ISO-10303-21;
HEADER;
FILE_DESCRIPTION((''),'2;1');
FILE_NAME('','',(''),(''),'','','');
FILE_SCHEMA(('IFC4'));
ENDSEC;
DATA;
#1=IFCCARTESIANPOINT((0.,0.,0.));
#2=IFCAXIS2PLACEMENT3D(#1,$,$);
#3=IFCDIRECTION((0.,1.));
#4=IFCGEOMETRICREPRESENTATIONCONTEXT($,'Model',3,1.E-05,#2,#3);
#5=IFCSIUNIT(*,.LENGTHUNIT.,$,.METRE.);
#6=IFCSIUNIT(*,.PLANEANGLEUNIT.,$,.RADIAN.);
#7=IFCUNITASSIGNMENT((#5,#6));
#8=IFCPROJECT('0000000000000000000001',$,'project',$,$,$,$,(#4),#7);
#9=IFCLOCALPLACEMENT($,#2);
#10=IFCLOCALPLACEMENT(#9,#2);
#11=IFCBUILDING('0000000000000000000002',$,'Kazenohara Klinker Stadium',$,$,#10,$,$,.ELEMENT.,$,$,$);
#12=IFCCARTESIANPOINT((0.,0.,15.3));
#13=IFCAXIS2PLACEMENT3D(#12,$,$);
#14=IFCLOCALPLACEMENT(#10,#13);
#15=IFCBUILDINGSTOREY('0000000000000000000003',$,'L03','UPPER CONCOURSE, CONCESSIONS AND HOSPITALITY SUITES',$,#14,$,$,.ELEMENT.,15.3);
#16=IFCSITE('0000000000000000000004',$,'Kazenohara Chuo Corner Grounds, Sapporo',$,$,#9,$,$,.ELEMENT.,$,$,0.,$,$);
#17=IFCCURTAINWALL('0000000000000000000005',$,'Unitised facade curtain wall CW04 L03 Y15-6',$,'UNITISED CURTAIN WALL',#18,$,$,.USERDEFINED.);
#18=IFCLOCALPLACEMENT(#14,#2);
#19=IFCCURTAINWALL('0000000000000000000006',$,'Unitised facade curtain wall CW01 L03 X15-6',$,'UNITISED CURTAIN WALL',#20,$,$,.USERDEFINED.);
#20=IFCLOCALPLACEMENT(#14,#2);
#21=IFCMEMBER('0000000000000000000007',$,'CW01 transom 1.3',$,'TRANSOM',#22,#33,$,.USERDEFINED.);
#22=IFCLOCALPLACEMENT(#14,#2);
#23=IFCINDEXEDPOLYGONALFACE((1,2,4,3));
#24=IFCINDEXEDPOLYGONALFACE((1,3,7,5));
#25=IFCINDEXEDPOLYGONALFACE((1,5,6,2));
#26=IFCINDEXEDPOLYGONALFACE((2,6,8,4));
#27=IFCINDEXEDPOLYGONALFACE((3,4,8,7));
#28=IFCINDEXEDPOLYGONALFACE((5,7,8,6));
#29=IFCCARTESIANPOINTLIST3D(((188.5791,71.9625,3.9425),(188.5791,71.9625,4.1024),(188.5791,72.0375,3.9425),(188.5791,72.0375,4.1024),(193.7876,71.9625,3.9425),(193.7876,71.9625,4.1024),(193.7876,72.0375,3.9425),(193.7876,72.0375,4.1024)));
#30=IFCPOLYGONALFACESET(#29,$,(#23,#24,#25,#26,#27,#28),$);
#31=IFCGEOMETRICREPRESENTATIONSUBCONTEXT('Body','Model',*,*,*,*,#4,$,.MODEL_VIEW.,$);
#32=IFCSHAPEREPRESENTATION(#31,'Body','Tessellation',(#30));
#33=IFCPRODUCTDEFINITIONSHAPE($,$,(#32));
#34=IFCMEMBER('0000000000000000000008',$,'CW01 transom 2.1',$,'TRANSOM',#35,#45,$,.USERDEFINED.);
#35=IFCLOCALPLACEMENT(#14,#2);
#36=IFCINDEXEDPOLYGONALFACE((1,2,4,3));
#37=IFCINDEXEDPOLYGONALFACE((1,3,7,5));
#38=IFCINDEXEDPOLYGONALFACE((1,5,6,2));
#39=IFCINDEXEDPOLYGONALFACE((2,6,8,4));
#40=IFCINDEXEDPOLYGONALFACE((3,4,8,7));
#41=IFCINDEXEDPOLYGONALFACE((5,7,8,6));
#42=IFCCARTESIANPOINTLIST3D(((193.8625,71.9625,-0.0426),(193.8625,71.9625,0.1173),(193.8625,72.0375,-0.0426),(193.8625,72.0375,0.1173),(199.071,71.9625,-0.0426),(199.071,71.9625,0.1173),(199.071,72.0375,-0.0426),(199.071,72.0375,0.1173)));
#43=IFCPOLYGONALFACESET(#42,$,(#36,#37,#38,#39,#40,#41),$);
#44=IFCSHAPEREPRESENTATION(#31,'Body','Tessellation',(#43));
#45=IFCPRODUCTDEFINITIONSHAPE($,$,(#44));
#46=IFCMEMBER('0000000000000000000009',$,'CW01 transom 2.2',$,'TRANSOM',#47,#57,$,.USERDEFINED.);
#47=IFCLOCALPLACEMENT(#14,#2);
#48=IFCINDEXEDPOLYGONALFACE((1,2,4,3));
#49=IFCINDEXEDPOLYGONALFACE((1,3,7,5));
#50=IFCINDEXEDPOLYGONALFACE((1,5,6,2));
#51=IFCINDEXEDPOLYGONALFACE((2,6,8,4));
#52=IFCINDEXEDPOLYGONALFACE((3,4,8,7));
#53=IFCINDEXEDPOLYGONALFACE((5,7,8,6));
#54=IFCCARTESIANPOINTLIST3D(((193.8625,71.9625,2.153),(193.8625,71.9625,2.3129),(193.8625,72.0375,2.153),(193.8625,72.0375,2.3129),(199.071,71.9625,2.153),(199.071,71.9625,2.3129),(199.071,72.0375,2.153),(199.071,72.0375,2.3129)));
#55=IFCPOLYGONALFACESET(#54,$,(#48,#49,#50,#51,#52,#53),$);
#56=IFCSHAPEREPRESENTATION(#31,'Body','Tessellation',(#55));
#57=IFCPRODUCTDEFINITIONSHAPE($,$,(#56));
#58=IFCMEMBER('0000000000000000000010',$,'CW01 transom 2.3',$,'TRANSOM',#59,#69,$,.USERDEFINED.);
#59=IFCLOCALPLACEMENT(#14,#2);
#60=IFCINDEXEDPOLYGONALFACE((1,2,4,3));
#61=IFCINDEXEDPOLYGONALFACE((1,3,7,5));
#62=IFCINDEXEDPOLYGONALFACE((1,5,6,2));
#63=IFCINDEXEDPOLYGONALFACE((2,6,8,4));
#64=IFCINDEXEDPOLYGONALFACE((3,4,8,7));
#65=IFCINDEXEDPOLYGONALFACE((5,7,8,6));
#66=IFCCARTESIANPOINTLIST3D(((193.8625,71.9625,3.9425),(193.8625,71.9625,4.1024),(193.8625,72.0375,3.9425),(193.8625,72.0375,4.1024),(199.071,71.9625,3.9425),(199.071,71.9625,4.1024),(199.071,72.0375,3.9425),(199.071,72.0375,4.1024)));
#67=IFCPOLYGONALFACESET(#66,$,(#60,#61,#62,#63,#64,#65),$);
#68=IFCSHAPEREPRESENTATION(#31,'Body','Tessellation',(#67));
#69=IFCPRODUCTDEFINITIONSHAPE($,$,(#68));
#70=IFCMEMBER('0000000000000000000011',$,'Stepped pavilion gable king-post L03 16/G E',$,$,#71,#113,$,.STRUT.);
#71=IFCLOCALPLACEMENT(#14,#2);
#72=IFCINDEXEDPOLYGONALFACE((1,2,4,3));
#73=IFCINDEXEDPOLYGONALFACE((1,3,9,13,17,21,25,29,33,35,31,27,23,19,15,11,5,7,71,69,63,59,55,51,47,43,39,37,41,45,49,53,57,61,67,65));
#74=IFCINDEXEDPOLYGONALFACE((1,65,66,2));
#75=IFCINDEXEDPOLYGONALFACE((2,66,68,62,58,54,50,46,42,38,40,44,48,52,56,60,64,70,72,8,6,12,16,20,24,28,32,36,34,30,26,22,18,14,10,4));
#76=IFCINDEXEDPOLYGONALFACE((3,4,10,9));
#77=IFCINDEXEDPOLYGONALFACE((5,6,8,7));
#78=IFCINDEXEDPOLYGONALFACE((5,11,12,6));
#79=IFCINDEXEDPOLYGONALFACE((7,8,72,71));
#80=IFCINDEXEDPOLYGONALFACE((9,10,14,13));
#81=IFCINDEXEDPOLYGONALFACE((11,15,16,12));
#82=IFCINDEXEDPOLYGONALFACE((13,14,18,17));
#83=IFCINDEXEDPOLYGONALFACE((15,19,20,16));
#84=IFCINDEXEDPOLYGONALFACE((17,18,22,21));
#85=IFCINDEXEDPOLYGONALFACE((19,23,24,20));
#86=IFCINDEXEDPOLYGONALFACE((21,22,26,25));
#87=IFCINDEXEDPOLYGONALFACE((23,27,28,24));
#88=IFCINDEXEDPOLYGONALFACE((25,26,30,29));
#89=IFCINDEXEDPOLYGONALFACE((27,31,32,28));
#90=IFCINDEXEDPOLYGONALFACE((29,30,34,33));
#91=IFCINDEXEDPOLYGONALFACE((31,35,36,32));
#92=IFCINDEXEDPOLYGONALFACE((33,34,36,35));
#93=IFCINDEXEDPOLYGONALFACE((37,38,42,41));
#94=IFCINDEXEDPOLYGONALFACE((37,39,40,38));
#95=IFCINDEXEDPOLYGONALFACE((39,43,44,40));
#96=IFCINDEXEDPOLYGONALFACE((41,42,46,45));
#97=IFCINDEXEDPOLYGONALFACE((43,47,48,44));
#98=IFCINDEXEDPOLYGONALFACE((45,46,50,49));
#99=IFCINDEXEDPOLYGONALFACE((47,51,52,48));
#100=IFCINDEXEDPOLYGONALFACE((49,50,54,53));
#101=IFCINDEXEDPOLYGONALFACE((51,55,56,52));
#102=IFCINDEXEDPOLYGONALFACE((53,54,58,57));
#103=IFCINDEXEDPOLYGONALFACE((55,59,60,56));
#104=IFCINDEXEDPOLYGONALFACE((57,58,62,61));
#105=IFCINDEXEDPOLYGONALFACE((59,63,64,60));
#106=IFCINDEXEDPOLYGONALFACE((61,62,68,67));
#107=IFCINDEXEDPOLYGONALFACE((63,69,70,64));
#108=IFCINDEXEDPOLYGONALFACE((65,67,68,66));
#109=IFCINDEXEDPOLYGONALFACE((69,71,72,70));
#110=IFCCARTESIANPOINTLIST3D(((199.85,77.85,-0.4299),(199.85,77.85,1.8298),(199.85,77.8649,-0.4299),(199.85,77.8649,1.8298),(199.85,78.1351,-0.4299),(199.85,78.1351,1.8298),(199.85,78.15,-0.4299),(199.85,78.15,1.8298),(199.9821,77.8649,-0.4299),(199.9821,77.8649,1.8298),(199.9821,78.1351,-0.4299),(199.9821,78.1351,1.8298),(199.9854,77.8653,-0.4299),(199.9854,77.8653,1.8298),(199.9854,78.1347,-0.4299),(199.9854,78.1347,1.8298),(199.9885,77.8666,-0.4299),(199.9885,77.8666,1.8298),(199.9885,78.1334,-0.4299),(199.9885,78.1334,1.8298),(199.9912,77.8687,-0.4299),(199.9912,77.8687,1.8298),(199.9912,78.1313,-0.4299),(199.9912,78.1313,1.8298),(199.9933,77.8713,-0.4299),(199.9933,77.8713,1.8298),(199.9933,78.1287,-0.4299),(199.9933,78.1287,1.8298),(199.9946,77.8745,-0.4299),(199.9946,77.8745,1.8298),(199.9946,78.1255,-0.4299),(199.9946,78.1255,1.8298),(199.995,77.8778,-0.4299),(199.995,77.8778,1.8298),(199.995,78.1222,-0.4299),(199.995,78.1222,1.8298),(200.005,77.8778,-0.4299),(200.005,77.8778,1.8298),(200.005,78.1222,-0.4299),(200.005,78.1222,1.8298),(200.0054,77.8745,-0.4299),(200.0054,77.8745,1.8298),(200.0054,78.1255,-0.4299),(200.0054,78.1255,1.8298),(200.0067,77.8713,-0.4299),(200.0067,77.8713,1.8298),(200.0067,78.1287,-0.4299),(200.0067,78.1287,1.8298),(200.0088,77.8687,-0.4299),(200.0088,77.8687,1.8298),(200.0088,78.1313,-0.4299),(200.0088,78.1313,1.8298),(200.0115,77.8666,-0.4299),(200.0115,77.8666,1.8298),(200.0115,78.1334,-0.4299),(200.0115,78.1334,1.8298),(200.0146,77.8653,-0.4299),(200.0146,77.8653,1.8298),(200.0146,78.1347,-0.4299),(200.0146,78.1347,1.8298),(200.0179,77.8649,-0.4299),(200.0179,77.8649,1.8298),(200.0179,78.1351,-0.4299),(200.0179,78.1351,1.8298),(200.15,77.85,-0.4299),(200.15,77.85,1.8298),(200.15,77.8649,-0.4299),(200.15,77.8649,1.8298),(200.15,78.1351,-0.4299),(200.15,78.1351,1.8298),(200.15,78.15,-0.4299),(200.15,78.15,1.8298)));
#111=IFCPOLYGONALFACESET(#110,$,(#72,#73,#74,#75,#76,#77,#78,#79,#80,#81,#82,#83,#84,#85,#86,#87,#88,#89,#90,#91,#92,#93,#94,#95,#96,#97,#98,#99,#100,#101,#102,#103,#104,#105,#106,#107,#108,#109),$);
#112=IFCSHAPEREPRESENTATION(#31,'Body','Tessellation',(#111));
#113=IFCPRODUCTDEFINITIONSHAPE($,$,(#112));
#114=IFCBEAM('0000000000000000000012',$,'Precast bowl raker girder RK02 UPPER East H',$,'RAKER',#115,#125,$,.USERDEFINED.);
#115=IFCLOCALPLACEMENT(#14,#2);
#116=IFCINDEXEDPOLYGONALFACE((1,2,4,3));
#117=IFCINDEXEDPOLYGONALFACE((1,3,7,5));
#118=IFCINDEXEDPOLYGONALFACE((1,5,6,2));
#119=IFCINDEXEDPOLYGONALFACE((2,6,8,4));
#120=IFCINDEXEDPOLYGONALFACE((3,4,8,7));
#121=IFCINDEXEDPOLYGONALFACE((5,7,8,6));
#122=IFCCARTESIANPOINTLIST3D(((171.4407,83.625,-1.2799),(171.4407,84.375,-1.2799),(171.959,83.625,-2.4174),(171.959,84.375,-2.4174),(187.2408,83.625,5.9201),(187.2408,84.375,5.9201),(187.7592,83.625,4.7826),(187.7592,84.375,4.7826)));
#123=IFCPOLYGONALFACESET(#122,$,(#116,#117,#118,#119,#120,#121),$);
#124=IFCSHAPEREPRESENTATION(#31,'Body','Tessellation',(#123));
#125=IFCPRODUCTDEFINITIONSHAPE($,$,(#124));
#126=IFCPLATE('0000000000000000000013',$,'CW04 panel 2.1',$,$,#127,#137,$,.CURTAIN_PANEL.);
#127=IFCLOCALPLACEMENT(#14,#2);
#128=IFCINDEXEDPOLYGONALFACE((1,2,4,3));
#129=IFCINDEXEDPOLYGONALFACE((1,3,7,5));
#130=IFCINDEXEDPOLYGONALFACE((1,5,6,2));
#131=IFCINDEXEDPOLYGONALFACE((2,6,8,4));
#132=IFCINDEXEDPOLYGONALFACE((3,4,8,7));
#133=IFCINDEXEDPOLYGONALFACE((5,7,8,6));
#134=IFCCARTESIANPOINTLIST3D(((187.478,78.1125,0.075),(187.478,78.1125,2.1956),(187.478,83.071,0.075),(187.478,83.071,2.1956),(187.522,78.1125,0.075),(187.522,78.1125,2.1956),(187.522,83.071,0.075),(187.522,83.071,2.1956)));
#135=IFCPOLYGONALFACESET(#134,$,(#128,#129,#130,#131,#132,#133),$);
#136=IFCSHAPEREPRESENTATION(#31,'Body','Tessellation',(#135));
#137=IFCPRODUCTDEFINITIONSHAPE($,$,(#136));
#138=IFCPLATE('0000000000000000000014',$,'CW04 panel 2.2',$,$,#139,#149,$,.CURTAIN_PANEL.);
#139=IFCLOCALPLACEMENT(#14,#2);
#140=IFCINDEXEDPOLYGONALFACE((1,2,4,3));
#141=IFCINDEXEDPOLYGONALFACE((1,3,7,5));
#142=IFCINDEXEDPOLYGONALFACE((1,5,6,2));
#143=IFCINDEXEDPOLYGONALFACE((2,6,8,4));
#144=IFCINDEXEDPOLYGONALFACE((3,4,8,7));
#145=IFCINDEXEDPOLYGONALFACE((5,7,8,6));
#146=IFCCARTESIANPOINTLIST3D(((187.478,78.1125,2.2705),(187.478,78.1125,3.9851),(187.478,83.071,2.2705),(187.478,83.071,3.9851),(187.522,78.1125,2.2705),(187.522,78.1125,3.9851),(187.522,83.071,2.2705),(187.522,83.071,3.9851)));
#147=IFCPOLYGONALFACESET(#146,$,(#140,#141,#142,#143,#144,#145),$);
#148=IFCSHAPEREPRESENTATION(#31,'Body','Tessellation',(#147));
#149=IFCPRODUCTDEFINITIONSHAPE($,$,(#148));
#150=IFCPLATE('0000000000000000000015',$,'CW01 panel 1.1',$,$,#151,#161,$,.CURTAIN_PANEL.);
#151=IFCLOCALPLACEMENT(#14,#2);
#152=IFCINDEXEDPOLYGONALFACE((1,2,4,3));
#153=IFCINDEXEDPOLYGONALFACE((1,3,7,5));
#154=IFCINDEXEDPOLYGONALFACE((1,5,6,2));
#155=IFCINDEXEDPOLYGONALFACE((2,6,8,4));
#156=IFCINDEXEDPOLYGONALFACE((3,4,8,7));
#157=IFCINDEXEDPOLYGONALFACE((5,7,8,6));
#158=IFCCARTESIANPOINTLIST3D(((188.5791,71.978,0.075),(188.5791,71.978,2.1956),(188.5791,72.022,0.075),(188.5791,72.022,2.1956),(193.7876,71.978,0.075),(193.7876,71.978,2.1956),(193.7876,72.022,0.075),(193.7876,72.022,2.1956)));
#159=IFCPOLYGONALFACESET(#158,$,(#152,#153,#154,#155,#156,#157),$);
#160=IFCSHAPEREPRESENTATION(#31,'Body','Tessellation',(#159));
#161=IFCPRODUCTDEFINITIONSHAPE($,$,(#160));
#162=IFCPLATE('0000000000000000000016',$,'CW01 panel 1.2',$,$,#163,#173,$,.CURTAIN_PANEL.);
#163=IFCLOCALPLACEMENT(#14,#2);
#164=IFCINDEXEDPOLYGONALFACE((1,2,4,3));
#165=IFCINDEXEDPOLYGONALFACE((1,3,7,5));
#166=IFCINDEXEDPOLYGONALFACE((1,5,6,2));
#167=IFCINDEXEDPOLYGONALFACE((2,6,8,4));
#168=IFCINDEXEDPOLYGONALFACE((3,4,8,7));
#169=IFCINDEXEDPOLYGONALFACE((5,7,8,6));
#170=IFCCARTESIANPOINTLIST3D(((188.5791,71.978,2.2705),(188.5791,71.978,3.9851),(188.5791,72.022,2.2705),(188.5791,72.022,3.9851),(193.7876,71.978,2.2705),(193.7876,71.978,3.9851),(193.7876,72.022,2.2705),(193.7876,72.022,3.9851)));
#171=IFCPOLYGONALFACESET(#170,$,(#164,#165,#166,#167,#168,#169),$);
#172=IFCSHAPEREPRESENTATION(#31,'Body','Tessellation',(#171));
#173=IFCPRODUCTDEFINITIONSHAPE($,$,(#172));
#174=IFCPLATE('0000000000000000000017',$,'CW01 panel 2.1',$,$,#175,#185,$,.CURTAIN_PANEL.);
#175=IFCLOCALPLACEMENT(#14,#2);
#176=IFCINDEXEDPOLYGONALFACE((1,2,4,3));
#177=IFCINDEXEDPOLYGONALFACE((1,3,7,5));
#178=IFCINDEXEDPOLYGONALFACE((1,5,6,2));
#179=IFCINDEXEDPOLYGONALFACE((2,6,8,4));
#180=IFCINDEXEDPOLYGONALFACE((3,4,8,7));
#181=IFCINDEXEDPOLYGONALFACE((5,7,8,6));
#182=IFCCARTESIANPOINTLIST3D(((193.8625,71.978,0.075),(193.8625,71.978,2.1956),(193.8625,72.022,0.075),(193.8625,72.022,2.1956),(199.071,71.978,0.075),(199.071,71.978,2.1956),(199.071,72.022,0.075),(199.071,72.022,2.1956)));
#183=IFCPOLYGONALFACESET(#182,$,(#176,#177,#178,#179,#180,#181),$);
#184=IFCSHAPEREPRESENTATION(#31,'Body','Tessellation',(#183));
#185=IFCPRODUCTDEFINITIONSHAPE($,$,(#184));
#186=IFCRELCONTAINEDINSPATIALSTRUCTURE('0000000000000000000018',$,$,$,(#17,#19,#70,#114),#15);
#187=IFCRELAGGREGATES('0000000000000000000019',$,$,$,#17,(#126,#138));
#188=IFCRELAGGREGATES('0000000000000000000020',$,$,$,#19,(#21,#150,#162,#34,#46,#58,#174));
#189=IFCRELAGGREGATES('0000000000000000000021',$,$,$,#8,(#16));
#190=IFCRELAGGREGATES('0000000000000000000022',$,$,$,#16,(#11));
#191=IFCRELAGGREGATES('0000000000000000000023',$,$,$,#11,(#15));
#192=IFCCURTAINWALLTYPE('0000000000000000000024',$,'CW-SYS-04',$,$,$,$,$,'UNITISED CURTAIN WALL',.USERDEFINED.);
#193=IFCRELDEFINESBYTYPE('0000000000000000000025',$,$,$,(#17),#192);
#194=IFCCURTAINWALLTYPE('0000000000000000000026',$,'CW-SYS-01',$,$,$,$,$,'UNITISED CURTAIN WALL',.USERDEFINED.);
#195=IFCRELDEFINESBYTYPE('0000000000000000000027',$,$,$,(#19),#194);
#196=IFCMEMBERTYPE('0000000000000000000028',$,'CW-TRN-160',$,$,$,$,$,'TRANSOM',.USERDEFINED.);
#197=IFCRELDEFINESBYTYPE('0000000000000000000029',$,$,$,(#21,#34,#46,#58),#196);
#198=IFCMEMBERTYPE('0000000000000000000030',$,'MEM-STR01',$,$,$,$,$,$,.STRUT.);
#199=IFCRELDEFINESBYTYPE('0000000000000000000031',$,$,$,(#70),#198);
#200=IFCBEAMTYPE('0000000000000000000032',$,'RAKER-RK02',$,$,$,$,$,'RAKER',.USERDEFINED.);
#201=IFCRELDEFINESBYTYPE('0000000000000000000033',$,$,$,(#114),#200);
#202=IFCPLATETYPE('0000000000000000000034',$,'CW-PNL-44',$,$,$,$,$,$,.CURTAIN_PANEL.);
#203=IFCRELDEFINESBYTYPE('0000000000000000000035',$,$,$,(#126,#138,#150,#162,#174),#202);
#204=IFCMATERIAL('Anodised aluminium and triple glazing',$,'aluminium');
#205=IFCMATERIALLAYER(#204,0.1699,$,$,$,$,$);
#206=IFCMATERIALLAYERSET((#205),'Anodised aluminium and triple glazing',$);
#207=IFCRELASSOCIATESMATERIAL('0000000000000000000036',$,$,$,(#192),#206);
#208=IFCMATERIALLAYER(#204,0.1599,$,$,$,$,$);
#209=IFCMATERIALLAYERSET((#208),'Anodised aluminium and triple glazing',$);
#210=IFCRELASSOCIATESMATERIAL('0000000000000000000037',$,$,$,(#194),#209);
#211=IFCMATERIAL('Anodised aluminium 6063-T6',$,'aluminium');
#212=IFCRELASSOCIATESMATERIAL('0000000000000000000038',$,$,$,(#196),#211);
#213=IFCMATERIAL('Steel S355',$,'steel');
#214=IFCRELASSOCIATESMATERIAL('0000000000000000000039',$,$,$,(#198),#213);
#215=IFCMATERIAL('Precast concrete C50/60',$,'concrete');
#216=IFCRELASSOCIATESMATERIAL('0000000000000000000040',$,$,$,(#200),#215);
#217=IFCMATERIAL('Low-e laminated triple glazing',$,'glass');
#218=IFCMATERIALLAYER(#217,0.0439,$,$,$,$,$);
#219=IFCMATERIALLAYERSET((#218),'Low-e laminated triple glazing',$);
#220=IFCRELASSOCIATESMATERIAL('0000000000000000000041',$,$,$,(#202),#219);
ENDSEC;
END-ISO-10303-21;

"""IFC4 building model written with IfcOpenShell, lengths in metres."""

from ifc_helpers import new_model, si_unit, direction, frame, origin, origin_2d, place, context, subcontext, project, spatial, rectangle, i_section, extrude, material, layer, layer_set, material_profile, profile_set, type_object, element, aggregate, save


model = new_model("IFC4")

# Units and contexts
model_context = context("Model", 3, precision=1e-05, world=origin(), true_north=direction((0.0, 1.0)))
body_context = subcontext(model_context, "Body", "Model", "MODEL_VIEW")
ifc_project = project(units=[si_unit("LENGTHUNIT", "METRE"), si_unit("PLANEANGLEUNIT", "RADIAN")], contexts=[model_context])

# Site, building, storey
site_placement = place(None, origin())
site = spatial("IfcSite", under=ifc_project, at=site_placement, Name="Kazenohara Chuo Corner Grounds, Sapporo", CompositionType="ELEMENT", RefElevation=0.0)
building_placement = place(site_placement, origin())
building = spatial("IfcBuilding", under=site, at=building_placement, Name="Kazenohara Klinker Stadium", CompositionType="ELEMENT")
storey_placement = place(building_placement, frame((0.0, 0.0, 15.3)))
storey = spatial("IfcBuildingStorey", under=building, at=storey_placement, Name="L03", Description="UPPER CONCOURSE, CONCESSIONS AND HOSPITALITY SUITES", CompositionType="ELEMENT", Elevation=15.3)

# Shared definitions
ifc_material_1 = material(Name="Steel S355", Category="steel")

# Curtain wall
ifc_material_2 = material(Name="Anodised aluminium and triple glazing", Category="aluminium")
ifc_layer_1 = layer(ifc_material_2, 0.1699)
ifc_layer_set_1 = layer_set([ifc_layer_1], Name="Anodised aluminium and triple glazing")
curtain_wall_type_1 = type_object("IfcCurtainWallType", Name="CW-SYS-04", ElementType="UNITISED CURTAIN WALL", PredefinedType="USERDEFINED", material=ifc_layer_set_1)
curtain_wall_1_placement = place(storey_placement, origin())
curtain_wall_1 = element("IfcCurtainWall", 1, at=curtain_wall_1_placement, inside=storey, type_object=curtain_wall_type_1, Name="Unitised facade curtain wall CW04 L03 Y15-6", ObjectType="UNITISED CURTAIN WALL", PredefinedType="USERDEFINED")
ifc_material_3 = material(Name="Anodised aluminium 6063-T6", Category="aluminium")

# Curtain wall
ifc_layer_2 = layer(ifc_material_2, 0.1599)
ifc_layer_set_2 = layer_set([ifc_layer_2], Name="Anodised aluminium and triple glazing")
curtain_wall_type_2 = type_object("IfcCurtainWallType", Name="CW-SYS-01", ElementType="UNITISED CURTAIN WALL", PredefinedType="USERDEFINED", material=ifc_layer_set_2)
curtain_wall_2_placement = place(storey_placement, origin())
curtain_wall_2 = element("IfcCurtainWall", 2, at=curtain_wall_2_placement, inside=storey, type_object=curtain_wall_type_2, Name="Unitised facade curtain wall CW01 L03 X15-6", ObjectType="UNITISED CURTAIN WALL", PredefinedType="USERDEFINED")

# Members
ifc_material_profile_1 = material_profile(ifc_material_3, rectangle(XDim=0.075, YDim=0.1599, at=origin_2d()), Name="ALU-TRN-75x160")
ifc_profile_set_1 = profile_set([ifc_material_profile_1], Name="Anodised aluminium 6063-T6")
member_type_1 = type_object("IfcMemberType", Name="CW-TRN-160", ElementType="TRANSOM", PredefinedType="USERDEFINED", material=ifc_profile_set_1)
member_1_placement = place(storey_placement, frame((188.5791, 72.0, 4.0225), z_axis=(1.0, 0.0, 0.0), x_axis=(0.0, 1.0, 0.0)))
member_1 = element("IfcMember", 3, at=member_1_placement, type_object=member_type_1, Name="CW01 transom 1.3", ObjectType="TRANSOM", PredefinedType="USERDEFINED", context=body_context, shape_type="SweptSolid", body=[
    extrude(rectangle(XDim=0.075, YDim=0.1599, at=origin_2d()), origin(), (0.0, 0.0, 1.0), 5.2085),
])
member_2_placement = place(storey_placement, frame((193.8625, 72.0, 0.0374), z_axis=(1.0, 0.0, 0.0), x_axis=(0.0, 1.0, 0.0)))
member_2 = element("IfcMember", 4, at=member_2_placement, type_object=member_type_1, Name="CW01 transom 2.1", ObjectType="TRANSOM", PredefinedType="USERDEFINED", context=body_context, shape_type="SweptSolid", body=[
    extrude(rectangle(XDim=0.075, YDim=0.1599, at=origin_2d()), origin(), (0.0, 0.0, 1.0), 5.2085),
])
member_3_placement = place(storey_placement, frame((193.8625, 72.0, 2.2329), z_axis=(1.0, 0.0, 0.0), x_axis=(0.0, 1.0, 0.0)))
member_3 = element("IfcMember", 5, at=member_3_placement, type_object=member_type_1, Name="CW01 transom 2.2", ObjectType="TRANSOM", PredefinedType="USERDEFINED", context=body_context, shape_type="SweptSolid", body=[
    extrude(rectangle(XDim=0.075, YDim=0.1599, at=origin_2d()), origin(), (0.0, 0.0, 1.0), 5.2085),
])
member_4_placement = place(storey_placement, frame((193.8625, 72.0, 4.0225), z_axis=(1.0, 0.0, 0.0), x_axis=(0.0, 1.0, 0.0)))
member_4 = element("IfcMember", 6, at=member_4_placement, type_object=member_type_1, Name="CW01 transom 2.3", ObjectType="TRANSOM", PredefinedType="USERDEFINED", context=body_context, shape_type="SweptSolid", body=[
    extrude(rectangle(XDim=0.075, YDim=0.1599, at=origin_2d()), origin(), (0.0, 0.0, 1.0), 5.2085),
])
ifc_material_profile_2 = material_profile(ifc_material_1, i_section(OverallWidth=0.3, OverallDepth=0.3, WebThickness=0.01, FlangeThickness=0.0149, FilletRadius=0.0129, at=origin_2d()), Name="H-300x300x10x15")
ifc_profile_set_2 = profile_set([ifc_material_profile_2], Name="Steel S355")
member_type_2 = type_object("IfcMemberType", Name="MEM-STR01", PredefinedType="STRUT", material=ifc_profile_set_2)
member_5_placement = place(storey_placement, frame((200.0, 78.0, -0.4299), z_axis=(0.0, 0.0, 1.0), x_axis=(1.0, 0.0, 0.0)))
element("IfcMember", 7, at=member_5_placement, inside=storey, type_object=member_type_2, Name="Stepped pavilion gable king-post L03 16/G E", PredefinedType="STRUT", context=body_context, shape_type="SweptSolid", body=[
    extrude(i_section(OverallWidth=0.3, OverallDepth=0.3, WebThickness=0.01, FlangeThickness=0.0149, FilletRadius=0.0129, at=origin_2d()), origin(), (0.0, 0.0, 1.0), 2.2598),
])

# Beam
ifc_material_4 = material(Name="Precast concrete C50/60", Category="concrete")
ifc_material_profile_3 = material_profile(ifc_material_4, rectangle(XDim=0.75, YDim=1.25, at=origin_2d()), Name="PC-RAKER-750x1250")
ifc_profile_set_3 = profile_set([ifc_material_profile_3], Name="Precast concrete C50/60")
beam_type_1 = type_object("IfcBeamType", Name="RAKER-RK02", ElementType="RAKER", PredefinedType="USERDEFINED", material=ifc_profile_set_3)
beam_1_placement = place(storey_placement, frame((187.5, 84.0, 5.3513), z_axis=(-0.909973, 0.0, -0.414667), x_axis=(0.0, -1.0, 0.0)))
element("IfcBeam", 8, at=beam_1_placement, inside=storey, type_object=beam_type_1, Name="Precast bowl raker girder RK02 UPPER East H", ObjectType="RAKER", PredefinedType="USERDEFINED", context=body_context, shape_type="SweptSolid", body=[
    extrude(rectangle(XDim=0.75, YDim=1.25, at=origin_2d()), origin(), (0.0, 0.0, 1.0), 17.3633),
])

# Plates
ifc_material_5 = material(Name="Low-e laminated triple glazing", Category="glass")
ifc_layer_3 = layer(ifc_material_5, 0.0439)
ifc_layer_set_3 = layer_set([ifc_layer_3], Name="Low-e laminated triple glazing")
plate_type_1 = type_object("IfcPlateType", Name="CW-PNL-44", PredefinedType="CURTAIN_PANEL", material=ifc_layer_set_3)
plate_1_placement = place(storey_placement, frame((187.5, 80.5918, 0.075), z_axis=(0.0, 0.0, 1.0), x_axis=(0.0, 1.0, 0.0)))
plate_1 = element("IfcPlate", 9, at=plate_1_placement, type_object=plate_type_1, Name="CW04 panel 2.1", PredefinedType="CURTAIN_PANEL", context=body_context, shape_type="SweptSolid", body=[
    extrude(rectangle(XDim=4.9585, YDim=0.0439, at=origin_2d()), origin(), (0.0, 0.0, 1.0), 2.1206),
])
plate_2_placement = place(storey_placement, frame((187.5, 80.5918, 2.2705), z_axis=(0.0, 0.0, 1.0), x_axis=(0.0, 1.0, 0.0)))
plate_2 = element("IfcPlate", 10, at=plate_2_placement, type_object=plate_type_1, Name="CW04 panel 2.2", PredefinedType="CURTAIN_PANEL", context=body_context, shape_type="SweptSolid", body=[
    extrude(rectangle(XDim=4.9585, YDim=0.0439, at=origin_2d()), origin(), (0.0, 0.0, 1.0), 1.7146),
])
aggregate(curtain_wall_1, [plate_1, plate_2])
plate_3_placement = place(storey_placement, frame((191.1833, 72.0, 0.075), z_axis=(0.0, 0.0, 1.0), x_axis=(1.0, 0.0, 0.0)))
plate_3 = element("IfcPlate", 11, at=plate_3_placement, type_object=plate_type_1, Name="CW01 panel 1.1", PredefinedType="CURTAIN_PANEL", context=body_context, shape_type="SweptSolid", body=[
    extrude(rectangle(XDim=5.2085, YDim=0.0439, at=origin_2d()), origin(), (0.0, 0.0, 1.0), 2.1206),
])
plate_4_placement = place(storey_placement, frame((191.1833, 72.0, 2.2705), z_axis=(0.0, 0.0, 1.0), x_axis=(1.0, 0.0, 0.0)))
plate_4 = element("IfcPlate", 12, at=plate_4_placement, type_object=plate_type_1, Name="CW01 panel 1.2", PredefinedType="CURTAIN_PANEL", context=body_context, shape_type="SweptSolid", body=[
    extrude(rectangle(XDim=5.2085, YDim=0.0439, at=origin_2d()), origin(), (0.0, 0.0, 1.0), 1.7146),
])
plate_5_placement = place(storey_placement, frame((196.4668, 72.0, 0.075), z_axis=(0.0, 0.0, 1.0), x_axis=(1.0, 0.0, 0.0)))
plate_5 = element("IfcPlate", 13, at=plate_5_placement, type_object=plate_type_1, Name="CW01 panel 2.1", PredefinedType="CURTAIN_PANEL", context=body_context, shape_type="SweptSolid", body=[
    extrude(rectangle(XDim=5.2085, YDim=0.0439, at=origin_2d()), origin(), (0.0, 0.0, 1.0), 2.1206),
])
aggregate(curtain_wall_2, [member_1, plate_3, plate_4, member_2, member_3, member_4, plate_5])

save(model, "model.ifc")
